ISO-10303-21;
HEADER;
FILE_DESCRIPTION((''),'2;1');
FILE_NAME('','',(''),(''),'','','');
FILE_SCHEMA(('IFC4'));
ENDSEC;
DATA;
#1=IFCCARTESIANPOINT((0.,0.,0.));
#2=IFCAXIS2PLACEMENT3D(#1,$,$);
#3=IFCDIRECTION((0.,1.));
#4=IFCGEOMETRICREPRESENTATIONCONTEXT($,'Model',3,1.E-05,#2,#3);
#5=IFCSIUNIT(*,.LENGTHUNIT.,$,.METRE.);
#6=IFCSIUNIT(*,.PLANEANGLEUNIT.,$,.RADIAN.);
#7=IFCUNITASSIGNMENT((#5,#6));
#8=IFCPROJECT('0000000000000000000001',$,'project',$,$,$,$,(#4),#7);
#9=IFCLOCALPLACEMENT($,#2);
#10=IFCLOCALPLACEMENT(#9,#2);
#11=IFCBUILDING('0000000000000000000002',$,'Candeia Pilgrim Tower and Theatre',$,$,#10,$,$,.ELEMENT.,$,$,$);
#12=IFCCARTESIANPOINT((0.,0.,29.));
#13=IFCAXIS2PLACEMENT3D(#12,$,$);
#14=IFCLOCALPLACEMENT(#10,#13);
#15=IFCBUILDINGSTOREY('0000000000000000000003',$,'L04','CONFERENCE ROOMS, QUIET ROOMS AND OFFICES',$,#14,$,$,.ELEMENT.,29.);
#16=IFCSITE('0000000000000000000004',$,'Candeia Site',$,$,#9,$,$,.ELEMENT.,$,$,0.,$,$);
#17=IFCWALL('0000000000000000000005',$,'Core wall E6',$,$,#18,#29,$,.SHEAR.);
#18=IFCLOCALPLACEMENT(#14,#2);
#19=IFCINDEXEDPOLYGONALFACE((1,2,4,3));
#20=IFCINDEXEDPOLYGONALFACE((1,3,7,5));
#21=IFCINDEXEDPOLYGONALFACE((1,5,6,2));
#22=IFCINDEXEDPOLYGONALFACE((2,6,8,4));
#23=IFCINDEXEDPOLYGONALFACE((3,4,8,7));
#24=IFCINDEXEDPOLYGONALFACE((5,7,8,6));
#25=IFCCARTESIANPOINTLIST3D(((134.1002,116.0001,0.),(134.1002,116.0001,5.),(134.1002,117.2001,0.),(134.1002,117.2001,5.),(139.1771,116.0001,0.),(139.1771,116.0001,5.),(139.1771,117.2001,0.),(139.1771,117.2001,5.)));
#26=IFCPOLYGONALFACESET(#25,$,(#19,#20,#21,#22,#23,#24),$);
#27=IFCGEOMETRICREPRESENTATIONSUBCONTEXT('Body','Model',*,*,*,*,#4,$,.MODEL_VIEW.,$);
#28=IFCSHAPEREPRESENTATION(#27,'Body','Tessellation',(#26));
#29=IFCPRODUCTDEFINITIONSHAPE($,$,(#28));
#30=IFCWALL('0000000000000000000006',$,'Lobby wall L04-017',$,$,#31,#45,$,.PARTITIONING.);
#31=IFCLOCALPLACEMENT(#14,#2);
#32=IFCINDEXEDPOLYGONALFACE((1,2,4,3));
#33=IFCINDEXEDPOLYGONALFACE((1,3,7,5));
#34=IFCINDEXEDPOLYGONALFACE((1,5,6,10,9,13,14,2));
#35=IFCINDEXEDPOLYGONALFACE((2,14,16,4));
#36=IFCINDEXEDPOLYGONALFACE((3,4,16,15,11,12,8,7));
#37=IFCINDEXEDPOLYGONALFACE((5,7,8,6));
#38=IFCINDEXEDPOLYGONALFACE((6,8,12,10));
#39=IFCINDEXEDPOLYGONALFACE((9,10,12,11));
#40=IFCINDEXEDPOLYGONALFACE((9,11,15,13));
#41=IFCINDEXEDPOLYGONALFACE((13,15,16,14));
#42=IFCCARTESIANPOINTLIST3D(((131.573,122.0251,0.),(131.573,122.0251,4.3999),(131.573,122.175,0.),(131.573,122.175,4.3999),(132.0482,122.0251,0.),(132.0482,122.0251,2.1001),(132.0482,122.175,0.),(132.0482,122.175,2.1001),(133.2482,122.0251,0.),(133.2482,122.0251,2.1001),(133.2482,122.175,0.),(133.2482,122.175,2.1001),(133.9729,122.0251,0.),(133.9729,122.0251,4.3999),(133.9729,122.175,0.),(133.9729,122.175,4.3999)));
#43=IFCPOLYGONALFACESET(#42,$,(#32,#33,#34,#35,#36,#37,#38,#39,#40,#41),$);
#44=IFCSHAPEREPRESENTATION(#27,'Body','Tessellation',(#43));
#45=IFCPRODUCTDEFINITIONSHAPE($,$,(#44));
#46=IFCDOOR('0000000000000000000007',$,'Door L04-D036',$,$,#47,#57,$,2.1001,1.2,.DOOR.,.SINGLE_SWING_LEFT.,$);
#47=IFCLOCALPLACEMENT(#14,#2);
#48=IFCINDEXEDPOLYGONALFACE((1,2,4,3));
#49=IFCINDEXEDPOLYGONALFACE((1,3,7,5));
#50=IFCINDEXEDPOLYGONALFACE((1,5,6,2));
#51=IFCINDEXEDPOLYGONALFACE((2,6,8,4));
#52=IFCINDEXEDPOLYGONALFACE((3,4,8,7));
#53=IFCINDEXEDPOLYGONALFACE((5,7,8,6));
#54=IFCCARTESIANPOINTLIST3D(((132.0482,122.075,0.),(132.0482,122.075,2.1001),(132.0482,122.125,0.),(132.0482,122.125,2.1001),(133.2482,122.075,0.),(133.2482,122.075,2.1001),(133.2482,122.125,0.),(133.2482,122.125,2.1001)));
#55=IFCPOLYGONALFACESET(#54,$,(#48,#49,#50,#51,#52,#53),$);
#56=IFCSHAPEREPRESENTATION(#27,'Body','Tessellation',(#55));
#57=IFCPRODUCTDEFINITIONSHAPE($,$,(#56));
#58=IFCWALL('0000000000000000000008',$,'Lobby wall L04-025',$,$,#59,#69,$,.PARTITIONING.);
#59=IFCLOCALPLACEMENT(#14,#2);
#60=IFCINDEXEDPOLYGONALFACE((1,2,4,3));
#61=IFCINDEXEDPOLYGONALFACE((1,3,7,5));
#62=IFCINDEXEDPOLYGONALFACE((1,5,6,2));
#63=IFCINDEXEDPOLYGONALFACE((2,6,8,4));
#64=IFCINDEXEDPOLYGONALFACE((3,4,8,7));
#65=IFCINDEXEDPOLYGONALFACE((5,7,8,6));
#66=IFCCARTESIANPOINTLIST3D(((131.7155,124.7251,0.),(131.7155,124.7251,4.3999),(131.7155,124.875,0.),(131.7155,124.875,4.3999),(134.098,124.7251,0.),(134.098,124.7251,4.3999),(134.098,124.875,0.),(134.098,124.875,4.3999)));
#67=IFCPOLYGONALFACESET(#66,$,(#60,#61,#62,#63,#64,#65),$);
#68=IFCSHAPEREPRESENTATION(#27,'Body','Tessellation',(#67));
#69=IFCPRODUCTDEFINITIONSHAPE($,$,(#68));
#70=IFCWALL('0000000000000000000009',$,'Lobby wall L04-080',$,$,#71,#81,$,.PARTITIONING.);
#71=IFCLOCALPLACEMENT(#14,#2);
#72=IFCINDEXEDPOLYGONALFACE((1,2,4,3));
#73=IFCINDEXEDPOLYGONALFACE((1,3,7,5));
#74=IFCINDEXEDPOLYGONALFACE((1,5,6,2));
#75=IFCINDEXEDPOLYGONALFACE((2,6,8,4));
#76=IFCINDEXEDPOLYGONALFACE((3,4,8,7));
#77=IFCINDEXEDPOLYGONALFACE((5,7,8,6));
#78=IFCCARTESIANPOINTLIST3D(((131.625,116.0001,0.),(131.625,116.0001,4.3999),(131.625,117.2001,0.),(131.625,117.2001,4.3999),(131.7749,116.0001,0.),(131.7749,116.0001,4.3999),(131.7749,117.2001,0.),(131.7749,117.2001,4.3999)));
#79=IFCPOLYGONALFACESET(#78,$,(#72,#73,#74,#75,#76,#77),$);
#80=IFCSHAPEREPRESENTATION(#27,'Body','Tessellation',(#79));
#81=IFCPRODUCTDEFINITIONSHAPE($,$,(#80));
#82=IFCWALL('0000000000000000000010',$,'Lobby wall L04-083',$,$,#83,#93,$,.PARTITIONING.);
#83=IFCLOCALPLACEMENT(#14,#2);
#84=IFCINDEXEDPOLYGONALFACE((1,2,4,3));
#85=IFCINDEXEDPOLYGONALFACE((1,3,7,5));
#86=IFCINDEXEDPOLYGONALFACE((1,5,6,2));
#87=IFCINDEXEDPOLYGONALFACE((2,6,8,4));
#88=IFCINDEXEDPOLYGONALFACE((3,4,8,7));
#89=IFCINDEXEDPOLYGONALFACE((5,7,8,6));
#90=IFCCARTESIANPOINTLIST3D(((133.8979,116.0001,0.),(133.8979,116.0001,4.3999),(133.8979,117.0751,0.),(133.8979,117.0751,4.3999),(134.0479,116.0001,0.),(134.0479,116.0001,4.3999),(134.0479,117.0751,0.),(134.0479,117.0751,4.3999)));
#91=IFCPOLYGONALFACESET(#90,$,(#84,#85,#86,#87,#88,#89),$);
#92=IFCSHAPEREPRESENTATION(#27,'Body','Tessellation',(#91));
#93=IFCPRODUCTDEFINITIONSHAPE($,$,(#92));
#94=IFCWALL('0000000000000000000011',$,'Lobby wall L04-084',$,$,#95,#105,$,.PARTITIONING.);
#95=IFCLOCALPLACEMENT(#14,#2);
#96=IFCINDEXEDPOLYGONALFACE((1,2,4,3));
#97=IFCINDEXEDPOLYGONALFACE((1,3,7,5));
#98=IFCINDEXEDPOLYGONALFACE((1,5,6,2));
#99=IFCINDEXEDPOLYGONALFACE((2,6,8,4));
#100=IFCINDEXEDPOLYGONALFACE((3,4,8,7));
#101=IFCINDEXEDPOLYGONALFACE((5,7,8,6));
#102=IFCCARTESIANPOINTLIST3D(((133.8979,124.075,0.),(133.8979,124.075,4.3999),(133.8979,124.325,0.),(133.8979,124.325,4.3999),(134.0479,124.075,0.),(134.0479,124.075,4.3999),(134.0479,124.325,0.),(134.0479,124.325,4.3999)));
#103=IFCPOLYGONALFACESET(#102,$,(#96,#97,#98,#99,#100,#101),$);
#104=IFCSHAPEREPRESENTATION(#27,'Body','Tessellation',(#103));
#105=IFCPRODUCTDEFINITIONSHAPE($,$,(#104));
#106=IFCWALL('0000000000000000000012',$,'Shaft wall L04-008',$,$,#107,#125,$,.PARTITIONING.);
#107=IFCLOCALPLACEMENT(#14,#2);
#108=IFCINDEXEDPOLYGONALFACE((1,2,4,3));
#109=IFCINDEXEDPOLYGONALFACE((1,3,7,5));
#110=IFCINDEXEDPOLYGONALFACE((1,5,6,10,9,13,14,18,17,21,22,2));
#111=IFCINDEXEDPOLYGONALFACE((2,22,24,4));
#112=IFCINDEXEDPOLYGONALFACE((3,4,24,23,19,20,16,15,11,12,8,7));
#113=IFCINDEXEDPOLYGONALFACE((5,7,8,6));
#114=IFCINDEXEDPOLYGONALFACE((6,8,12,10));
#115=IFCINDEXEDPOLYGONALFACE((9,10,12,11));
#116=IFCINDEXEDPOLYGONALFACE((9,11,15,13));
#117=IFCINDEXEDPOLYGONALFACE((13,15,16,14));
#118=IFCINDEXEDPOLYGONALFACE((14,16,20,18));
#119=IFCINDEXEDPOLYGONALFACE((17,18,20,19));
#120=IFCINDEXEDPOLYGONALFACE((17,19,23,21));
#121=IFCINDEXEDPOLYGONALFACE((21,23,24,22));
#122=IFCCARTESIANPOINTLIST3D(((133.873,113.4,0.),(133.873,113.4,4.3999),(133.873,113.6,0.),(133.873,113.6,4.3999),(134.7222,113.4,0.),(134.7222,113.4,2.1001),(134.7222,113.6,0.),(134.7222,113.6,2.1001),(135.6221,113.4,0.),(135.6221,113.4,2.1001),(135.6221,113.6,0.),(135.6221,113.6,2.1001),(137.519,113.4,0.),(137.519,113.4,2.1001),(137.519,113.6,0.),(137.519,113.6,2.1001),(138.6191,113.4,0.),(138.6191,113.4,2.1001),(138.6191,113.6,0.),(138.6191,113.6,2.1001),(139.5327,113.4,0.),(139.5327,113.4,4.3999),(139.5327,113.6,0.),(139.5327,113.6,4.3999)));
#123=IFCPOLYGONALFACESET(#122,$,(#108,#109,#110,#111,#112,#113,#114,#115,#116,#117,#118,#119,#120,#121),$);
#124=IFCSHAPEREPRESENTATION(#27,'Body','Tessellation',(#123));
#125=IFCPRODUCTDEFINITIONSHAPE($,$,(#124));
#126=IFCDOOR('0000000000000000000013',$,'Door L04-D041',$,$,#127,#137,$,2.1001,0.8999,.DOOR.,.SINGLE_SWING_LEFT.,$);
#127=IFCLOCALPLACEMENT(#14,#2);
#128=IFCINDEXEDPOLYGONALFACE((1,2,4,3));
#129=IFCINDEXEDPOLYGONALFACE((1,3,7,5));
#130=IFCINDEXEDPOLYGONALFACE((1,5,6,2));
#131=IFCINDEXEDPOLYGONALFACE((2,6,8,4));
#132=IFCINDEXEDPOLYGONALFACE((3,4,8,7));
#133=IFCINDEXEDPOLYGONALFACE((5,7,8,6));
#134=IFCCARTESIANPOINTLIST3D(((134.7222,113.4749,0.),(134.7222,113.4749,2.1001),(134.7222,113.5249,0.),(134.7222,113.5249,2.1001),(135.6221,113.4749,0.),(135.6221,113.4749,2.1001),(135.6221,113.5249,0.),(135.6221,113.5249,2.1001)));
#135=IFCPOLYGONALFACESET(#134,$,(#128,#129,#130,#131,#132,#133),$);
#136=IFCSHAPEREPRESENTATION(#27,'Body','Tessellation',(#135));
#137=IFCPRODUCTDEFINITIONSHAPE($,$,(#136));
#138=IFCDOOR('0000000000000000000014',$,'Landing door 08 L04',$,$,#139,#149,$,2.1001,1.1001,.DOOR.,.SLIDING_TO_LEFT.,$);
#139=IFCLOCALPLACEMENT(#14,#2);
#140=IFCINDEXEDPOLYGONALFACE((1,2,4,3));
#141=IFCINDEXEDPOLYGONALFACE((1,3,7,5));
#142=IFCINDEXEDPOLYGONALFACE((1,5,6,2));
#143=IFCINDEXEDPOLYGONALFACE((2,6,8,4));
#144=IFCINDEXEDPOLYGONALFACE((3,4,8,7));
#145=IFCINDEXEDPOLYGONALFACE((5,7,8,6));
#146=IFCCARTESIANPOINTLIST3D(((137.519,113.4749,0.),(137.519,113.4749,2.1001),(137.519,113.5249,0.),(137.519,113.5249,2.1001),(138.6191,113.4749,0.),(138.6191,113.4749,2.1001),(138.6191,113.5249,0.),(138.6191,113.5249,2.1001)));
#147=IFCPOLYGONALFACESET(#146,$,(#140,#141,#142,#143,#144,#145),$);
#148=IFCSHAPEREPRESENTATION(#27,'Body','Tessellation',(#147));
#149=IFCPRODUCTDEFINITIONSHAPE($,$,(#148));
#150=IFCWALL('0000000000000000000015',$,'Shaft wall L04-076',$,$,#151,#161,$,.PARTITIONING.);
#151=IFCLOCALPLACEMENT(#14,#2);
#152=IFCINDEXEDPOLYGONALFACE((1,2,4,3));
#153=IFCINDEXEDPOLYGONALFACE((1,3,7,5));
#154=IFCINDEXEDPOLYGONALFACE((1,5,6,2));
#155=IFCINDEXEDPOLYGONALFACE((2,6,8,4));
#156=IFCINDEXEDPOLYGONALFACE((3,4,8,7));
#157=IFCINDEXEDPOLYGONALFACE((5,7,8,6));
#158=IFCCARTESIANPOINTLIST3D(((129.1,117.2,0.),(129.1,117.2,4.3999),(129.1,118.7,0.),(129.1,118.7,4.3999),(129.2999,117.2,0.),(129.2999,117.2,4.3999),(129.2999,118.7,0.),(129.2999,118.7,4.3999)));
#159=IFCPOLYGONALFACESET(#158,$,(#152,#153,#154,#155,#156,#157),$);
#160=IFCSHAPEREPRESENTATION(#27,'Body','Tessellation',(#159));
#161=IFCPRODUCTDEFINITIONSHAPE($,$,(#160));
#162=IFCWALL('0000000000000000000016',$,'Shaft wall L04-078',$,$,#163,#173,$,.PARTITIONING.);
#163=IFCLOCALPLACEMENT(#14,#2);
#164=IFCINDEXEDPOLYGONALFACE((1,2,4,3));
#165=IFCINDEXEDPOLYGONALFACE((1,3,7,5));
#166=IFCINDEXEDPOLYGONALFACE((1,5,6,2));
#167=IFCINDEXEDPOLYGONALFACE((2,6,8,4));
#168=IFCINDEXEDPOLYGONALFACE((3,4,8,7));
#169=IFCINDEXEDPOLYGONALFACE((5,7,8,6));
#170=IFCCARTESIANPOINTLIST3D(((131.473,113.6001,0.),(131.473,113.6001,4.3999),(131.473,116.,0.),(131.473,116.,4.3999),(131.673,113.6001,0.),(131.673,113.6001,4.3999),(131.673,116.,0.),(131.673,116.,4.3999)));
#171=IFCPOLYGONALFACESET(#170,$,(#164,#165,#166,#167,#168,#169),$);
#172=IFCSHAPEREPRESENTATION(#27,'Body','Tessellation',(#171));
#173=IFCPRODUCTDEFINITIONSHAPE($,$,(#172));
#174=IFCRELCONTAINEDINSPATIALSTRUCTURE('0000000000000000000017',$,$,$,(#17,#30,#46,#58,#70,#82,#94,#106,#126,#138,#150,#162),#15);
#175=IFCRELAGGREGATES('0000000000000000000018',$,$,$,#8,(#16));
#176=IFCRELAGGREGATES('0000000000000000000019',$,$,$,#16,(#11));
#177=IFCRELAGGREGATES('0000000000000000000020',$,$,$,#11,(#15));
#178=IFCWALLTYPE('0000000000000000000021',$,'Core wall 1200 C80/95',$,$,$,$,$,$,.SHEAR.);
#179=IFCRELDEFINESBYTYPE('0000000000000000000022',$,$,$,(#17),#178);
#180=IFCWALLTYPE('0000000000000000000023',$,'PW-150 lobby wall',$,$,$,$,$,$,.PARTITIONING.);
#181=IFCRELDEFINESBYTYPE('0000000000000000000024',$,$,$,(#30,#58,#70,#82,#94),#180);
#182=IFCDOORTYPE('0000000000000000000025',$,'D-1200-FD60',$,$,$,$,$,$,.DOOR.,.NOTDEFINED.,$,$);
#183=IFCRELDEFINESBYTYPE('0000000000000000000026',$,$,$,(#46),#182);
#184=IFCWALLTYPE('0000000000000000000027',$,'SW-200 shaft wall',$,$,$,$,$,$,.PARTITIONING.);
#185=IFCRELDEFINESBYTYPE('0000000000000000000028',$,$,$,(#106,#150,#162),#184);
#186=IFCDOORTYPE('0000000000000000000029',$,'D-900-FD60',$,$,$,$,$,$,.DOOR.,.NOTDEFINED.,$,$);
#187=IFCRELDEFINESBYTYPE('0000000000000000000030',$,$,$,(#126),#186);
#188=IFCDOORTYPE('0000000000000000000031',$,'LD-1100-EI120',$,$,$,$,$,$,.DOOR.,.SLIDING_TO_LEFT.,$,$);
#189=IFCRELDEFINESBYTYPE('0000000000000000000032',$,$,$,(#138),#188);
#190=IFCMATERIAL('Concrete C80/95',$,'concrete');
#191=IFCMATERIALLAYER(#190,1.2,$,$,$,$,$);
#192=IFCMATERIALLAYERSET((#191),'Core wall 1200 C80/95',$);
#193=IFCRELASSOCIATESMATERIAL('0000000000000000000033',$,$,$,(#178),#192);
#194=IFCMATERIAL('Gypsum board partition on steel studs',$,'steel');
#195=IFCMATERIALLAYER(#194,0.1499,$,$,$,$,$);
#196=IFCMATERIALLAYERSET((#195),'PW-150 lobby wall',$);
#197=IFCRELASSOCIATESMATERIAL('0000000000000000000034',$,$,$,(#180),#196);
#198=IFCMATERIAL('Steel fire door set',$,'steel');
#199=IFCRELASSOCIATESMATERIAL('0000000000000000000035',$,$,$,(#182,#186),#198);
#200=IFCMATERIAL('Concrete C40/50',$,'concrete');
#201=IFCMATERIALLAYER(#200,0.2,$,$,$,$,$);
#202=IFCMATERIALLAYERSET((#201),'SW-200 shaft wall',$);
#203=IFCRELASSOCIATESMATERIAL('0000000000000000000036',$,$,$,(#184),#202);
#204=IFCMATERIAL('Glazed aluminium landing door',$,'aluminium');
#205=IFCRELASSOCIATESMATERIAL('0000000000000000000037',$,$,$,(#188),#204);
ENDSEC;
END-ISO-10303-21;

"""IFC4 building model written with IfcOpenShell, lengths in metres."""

from ifc_helpers import new_model, si_unit, direction, frame, frame_2d, origin, place, context, subcontext, project, spatial, rectangle, extrude, material, layer, layer_set, type_object, element, fill, save


model = new_model("IFC4")

# Units and contexts
model_context = context("Model", 3, precision=1e-05, world=origin(), true_north=direction((0.0, 1.0)))
body_context = subcontext(model_context, "Body", "Model", "MODEL_VIEW")
ifc_project = project(units=[si_unit("LENGTHUNIT", "METRE"), si_unit("PLANEANGLEUNIT", "RADIAN")], contexts=[model_context])

# Site, building, storey
site_placement = place(None, origin())
site = spatial("IfcSite", under=ifc_project, at=site_placement, Name="Candeia Site", CompositionType="ELEMENT", RefElevation=0.0)
building_placement = place(site_placement, origin())
building = spatial("IfcBuilding", under=site, at=building_placement, Name="Candeia Pilgrim Tower and Theatre", CompositionType="ELEMENT")
storey_placement = place(building_placement, frame((0.0, 0.0, 29.0)))
storey = spatial("IfcBuildingStorey", under=building, at=storey_placement, Name="L04", Description="CONFERENCE ROOMS, QUIET ROOMS AND OFFICES", CompositionType="ELEMENT", Elevation=29.0)

# Wall
ifc_material_1 = material(Name="Concrete C80/95", Category="concrete")
ifc_layer_1 = layer(ifc_material_1, 1.2)
ifc_layer_set_1 = layer_set([ifc_layer_1], Name="Core wall 1200 C80/95")
wall_type_1 = type_object("IfcWallType", Name="Core wall 1200 C80/95", PredefinedType="SHEAR", material=ifc_layer_set_1)
wall_1_placement = place(storey_placement, frame((134.1001, 116.6001, 0.0), z_axis=(0.0, 0.0, 1.0), x_axis=(1.0, 0.0, 0.0)))
element("IfcWall", 1, at=wall_1_placement, inside=storey, type_object=wall_type_1, Name="Core wall E6", PredefinedType="SHEAR", context=body_context, shape_type="SweptSolid", body=[
    extrude(rectangle(XDim=5.0769, YDim=1.2, at=frame_2d((2.5386, 0.0))), origin(), (0.0, 0.0, 1.0), 5.0),
])

# Wall, opening, door
ifc_material_2 = material(Name="Gypsum board partition on steel studs", Category="steel")
ifc_layer_2 = layer(ifc_material_2, 0.1499)
ifc_layer_set_2 = layer_set([ifc_layer_2], Name="PW-150 lobby wall")
wall_type_2 = type_object("IfcWallType", Name="PW-150 lobby wall", PredefinedType="PARTITIONING", material=ifc_layer_set_2)
wall_2_placement = place(storey_placement, frame((131.573, 122.1001, 0.0), z_axis=(0.0, 0.0, 1.0), x_axis=(1.0, 0.0, 0.0)))
wall_2 = element("IfcWall", 2, at=wall_2_placement, inside=storey, type_object=wall_type_2, Name="Lobby wall L04-017", PredefinedType="PARTITIONING", context=body_context, shape_type="SweptSolid", body=[
    extrude(rectangle(XDim=2.3999, YDim=0.1499, at=frame_2d((1.2, 0.0))), origin(), (0.0, 0.0, 1.0), 4.3999),
])
opening_1_placement = place(wall_2_placement, frame((0.4751, 0.0, 0.0)))
opening_1 = element("IfcOpeningElement", 3, at=opening_1_placement, cuts=wall_2, PredefinedType="OPENING", context=body_context, shape_type="SweptSolid", body=[
    extrude(rectangle(XDim=1.2, YDim=2.1001, at=frame_2d((0.6001, 1.05))), frame((0.0, 0.085, 0.0), z_axis=(0.0, -1.0, 0.0), x_axis=(1.0, 0.0, 0.0)), (0.0, 0.0, 1.0), 0.1699),
])
ifc_material_3 = material(Name="Steel fire door set", Category="steel")
door_type_1 = type_object("IfcDoorType", Name="D-1200-FD60", OperationType="NOTDEFINED", PredefinedType="DOOR", material=ifc_material_3)
door_1_placement = place(opening_1_placement, origin())
door_1 = element("IfcDoor", 4, at=door_1_placement, inside=storey, type_object=door_type_1, Name="Door L04-D036", OperationType="SINGLE_SWING_LEFT", OverallHeight=2.1001, OverallWidth=1.2, PredefinedType="DOOR", context=body_context, shape_type="SweptSolid", body=[
    extrude(rectangle(XDim=1.2, YDim=2.1001, at=frame_2d((0.6001, 1.05))), frame((0.0, 0.0249, 0.0), z_axis=(0.0, -1.0, 0.0), x_axis=(1.0, 0.0, 0.0)), (0.0, 0.0, 1.0), 0.05),
])
fill(opening_1, door_1)

# Walls
wall_3_placement = place(storey_placement, frame((131.7153, 124.8, 0.0), z_axis=(0.0, 0.0, 1.0), x_axis=(1.0, 0.0, 0.0)))
element("IfcWall", 5, at=wall_3_placement, inside=storey, type_object=wall_type_2, Name="Lobby wall L04-025", PredefinedType="PARTITIONING", context=body_context, shape_type="SweptSolid", body=[
    extrude(rectangle(XDim=2.3826, YDim=0.1499, at=frame_2d((1.1914, 0.0))), origin(), (0.0, 0.0, 1.0), 4.3999),
])
wall_4_placement = place(storey_placement, frame((131.7, 116.0, 0.0), z_axis=(0.0, 0.0, 1.0), x_axis=(0.0, 1.0, 0.0)))
element("IfcWall", 6, at=wall_4_placement, inside=storey, type_object=wall_type_2, Name="Lobby wall L04-080", PredefinedType="PARTITIONING", context=body_context, shape_type="SweptSolid", body=[
    extrude(rectangle(XDim=1.2, YDim=0.1499, at=frame_2d((0.6001, 0.0))), origin(), (0.0, 0.0, 1.0), 4.3999),
])
wall_5_placement = place(storey_placement, frame((133.9729, 116.0, 0.0), z_axis=(0.0, 0.0, 1.0), x_axis=(0.0, 1.0, 0.0)))
element("IfcWall", 7, at=wall_5_placement, inside=storey, type_object=wall_type_2, Name="Lobby wall L04-083", PredefinedType="PARTITIONING", context=body_context, shape_type="SweptSolid", body=[
    extrude(rectangle(XDim=1.075, YDim=0.1499, at=frame_2d((0.5376, 0.0))), origin(), (0.0, 0.0, 1.0), 4.3999),
])
wall_6_placement = place(storey_placement, frame((133.9729, 124.075, 0.0), z_axis=(0.0, 0.0, 1.0), x_axis=(0.0, 1.0, 0.0)))
element("IfcWall", 8, at=wall_6_placement, inside=storey, type_object=wall_type_2, Name="Lobby wall L04-084", PredefinedType="PARTITIONING", context=body_context, shape_type="SweptSolid", body=[
    extrude(rectangle(XDim=0.25, YDim=0.1499, at=frame_2d((0.125, 0.0))), origin(), (0.0, 0.0, 1.0), 4.3999),
])

# Wall, openings, doors
ifc_material_4 = material(Name="Concrete C40/50", Category="concrete")
ifc_layer_3 = layer(ifc_material_4, 0.2)
ifc_layer_set_3 = layer_set([ifc_layer_3], Name="SW-200 shaft wall")
wall_type_3 = type_object("IfcWallType", Name="SW-200 shaft wall", PredefinedType="PARTITIONING", material=ifc_layer_set_3)
wall_7_placement = place(storey_placement, frame((133.873, 113.5, 0.0), z_axis=(0.0, 0.0, 1.0), x_axis=(1.0, 0.0, 0.0)))
wall_7 = element("IfcWall", 9, at=wall_7_placement, inside=storey, type_object=wall_type_3, Name="Shaft wall L04-008", PredefinedType="PARTITIONING", context=body_context, shape_type="SweptSolid", body=[
    extrude(rectangle(XDim=5.6597, YDim=0.2, at=frame_2d((2.8298, 0.0))), origin(), (0.0, 0.0, 1.0), 4.3999),
])
opening_2_placement = place(wall_7_placement, frame((3.646, 0.0, 0.0)))
opening_2 = element("IfcOpeningElement", 10, at=opening_2_placement, cuts=wall_7, PredefinedType="OPENING", context=body_context, shape_type="SweptSolid", body=[
    extrude(rectangle(XDim=1.1001, YDim=2.1001, at=frame_2d((0.55, 1.05))), frame((0.0, 0.1099, 0.0), z_axis=(0.0, -1.0, 0.0), x_axis=(1.0, 0.0, 0.0)), (0.0, 0.0, 1.0), 0.22),
])
opening_3_placement = place(wall_7_placement, frame((0.8491, 0.0, 0.0)))
opening_3 = element("IfcOpeningElement", 11, at=opening_3_placement, cuts=wall_7, PredefinedType="OPENING", context=body_context, shape_type="SweptSolid", body=[
    extrude(rectangle(XDim=0.8999, YDim=2.1001, at=frame_2d((0.45, 1.05))), frame((0.0, 0.1099, 0.0), z_axis=(0.0, -1.0, 0.0), x_axis=(1.0, 0.0, 0.0)), (0.0, 0.0, 1.0), 0.22),
])
door_type_2 = type_object("IfcDoorType", Name="D-900-FD60", OperationType="NOTDEFINED", PredefinedType="DOOR", material=ifc_material_3)
door_2_placement = place(opening_3_placement, origin())
door_2 = element("IfcDoor", 12, at=door_2_placement, inside=storey, type_object=door_type_2, Name="Door L04-D041", OperationType="SINGLE_SWING_LEFT", OverallHeight=2.1001, OverallWidth=0.8999, PredefinedType="DOOR", context=body_context, shape_type="SweptSolid", body=[
    extrude(rectangle(XDim=0.8999, YDim=2.1001, at=frame_2d((0.45, 1.05))), frame((0.0, 0.0249, 0.0), z_axis=(0.0, -1.0, 0.0), x_axis=(1.0, 0.0, 0.0)), (0.0, 0.0, 1.0), 0.05),
])
fill(opening_3, door_2)
ifc_material_5 = material(Name="Glazed aluminium landing door", Category="aluminium")
door_type_3 = type_object("IfcDoorType", Name="LD-1100-EI120", OperationType="SLIDING_TO_LEFT", PredefinedType="DOOR", material=ifc_material_5)
door_3_placement = place(opening_2_placement, origin())
door_3 = element("IfcDoor", 13, at=door_3_placement, inside=storey, type_object=door_type_3, Name="Landing door 08 L04", OperationType="SLIDING_TO_LEFT", OverallHeight=2.1001, OverallWidth=1.1001, PredefinedType="DOOR", context=body_context, shape_type="SweptSolid", body=[
    extrude(rectangle(XDim=1.1001, YDim=2.1001, at=frame_2d((0.55, 1.05))), frame((0.0, 0.0249, 0.0), z_axis=(0.0, -1.0, 0.0), x_axis=(1.0, 0.0, 0.0)), (0.0, 0.0, 1.0), 0.05),
])
fill(opening_2, door_3)

# Walls
wall_8_placement = place(storey_placement, frame((129.2, 117.2, 0.0), z_axis=(0.0, 0.0, 1.0), x_axis=(0.0, 1.0, 0.0)))
element("IfcWall", 14, at=wall_8_placement, inside=storey, type_object=wall_type_3, Name="Shaft wall L04-076", PredefinedType="PARTITIONING", context=body_context, shape_type="SweptSolid", body=[
    extrude(rectangle(XDim=1.5, YDim=0.2, at=frame_2d((0.75, 0.0))), origin(), (0.0, 0.0, 1.0), 4.3999),
])
wall_9_placement = place(storey_placement, frame((131.573, 113.6001, 0.0), z_axis=(0.0, 0.0, 1.0), x_axis=(0.0, 1.0, 0.0)))
element("IfcWall", 15, at=wall_9_placement, inside=storey, type_object=wall_type_3, Name="Shaft wall L04-078", PredefinedType="PARTITIONING", context=body_context, shape_type="SweptSolid", body=[
    extrude(rectangle(XDim=2.3999, YDim=0.2, at=frame_2d((1.2, 0.0))), origin(), (0.0, 0.0, 1.0), 4.3999),
])

save(model, "model.ifc")
